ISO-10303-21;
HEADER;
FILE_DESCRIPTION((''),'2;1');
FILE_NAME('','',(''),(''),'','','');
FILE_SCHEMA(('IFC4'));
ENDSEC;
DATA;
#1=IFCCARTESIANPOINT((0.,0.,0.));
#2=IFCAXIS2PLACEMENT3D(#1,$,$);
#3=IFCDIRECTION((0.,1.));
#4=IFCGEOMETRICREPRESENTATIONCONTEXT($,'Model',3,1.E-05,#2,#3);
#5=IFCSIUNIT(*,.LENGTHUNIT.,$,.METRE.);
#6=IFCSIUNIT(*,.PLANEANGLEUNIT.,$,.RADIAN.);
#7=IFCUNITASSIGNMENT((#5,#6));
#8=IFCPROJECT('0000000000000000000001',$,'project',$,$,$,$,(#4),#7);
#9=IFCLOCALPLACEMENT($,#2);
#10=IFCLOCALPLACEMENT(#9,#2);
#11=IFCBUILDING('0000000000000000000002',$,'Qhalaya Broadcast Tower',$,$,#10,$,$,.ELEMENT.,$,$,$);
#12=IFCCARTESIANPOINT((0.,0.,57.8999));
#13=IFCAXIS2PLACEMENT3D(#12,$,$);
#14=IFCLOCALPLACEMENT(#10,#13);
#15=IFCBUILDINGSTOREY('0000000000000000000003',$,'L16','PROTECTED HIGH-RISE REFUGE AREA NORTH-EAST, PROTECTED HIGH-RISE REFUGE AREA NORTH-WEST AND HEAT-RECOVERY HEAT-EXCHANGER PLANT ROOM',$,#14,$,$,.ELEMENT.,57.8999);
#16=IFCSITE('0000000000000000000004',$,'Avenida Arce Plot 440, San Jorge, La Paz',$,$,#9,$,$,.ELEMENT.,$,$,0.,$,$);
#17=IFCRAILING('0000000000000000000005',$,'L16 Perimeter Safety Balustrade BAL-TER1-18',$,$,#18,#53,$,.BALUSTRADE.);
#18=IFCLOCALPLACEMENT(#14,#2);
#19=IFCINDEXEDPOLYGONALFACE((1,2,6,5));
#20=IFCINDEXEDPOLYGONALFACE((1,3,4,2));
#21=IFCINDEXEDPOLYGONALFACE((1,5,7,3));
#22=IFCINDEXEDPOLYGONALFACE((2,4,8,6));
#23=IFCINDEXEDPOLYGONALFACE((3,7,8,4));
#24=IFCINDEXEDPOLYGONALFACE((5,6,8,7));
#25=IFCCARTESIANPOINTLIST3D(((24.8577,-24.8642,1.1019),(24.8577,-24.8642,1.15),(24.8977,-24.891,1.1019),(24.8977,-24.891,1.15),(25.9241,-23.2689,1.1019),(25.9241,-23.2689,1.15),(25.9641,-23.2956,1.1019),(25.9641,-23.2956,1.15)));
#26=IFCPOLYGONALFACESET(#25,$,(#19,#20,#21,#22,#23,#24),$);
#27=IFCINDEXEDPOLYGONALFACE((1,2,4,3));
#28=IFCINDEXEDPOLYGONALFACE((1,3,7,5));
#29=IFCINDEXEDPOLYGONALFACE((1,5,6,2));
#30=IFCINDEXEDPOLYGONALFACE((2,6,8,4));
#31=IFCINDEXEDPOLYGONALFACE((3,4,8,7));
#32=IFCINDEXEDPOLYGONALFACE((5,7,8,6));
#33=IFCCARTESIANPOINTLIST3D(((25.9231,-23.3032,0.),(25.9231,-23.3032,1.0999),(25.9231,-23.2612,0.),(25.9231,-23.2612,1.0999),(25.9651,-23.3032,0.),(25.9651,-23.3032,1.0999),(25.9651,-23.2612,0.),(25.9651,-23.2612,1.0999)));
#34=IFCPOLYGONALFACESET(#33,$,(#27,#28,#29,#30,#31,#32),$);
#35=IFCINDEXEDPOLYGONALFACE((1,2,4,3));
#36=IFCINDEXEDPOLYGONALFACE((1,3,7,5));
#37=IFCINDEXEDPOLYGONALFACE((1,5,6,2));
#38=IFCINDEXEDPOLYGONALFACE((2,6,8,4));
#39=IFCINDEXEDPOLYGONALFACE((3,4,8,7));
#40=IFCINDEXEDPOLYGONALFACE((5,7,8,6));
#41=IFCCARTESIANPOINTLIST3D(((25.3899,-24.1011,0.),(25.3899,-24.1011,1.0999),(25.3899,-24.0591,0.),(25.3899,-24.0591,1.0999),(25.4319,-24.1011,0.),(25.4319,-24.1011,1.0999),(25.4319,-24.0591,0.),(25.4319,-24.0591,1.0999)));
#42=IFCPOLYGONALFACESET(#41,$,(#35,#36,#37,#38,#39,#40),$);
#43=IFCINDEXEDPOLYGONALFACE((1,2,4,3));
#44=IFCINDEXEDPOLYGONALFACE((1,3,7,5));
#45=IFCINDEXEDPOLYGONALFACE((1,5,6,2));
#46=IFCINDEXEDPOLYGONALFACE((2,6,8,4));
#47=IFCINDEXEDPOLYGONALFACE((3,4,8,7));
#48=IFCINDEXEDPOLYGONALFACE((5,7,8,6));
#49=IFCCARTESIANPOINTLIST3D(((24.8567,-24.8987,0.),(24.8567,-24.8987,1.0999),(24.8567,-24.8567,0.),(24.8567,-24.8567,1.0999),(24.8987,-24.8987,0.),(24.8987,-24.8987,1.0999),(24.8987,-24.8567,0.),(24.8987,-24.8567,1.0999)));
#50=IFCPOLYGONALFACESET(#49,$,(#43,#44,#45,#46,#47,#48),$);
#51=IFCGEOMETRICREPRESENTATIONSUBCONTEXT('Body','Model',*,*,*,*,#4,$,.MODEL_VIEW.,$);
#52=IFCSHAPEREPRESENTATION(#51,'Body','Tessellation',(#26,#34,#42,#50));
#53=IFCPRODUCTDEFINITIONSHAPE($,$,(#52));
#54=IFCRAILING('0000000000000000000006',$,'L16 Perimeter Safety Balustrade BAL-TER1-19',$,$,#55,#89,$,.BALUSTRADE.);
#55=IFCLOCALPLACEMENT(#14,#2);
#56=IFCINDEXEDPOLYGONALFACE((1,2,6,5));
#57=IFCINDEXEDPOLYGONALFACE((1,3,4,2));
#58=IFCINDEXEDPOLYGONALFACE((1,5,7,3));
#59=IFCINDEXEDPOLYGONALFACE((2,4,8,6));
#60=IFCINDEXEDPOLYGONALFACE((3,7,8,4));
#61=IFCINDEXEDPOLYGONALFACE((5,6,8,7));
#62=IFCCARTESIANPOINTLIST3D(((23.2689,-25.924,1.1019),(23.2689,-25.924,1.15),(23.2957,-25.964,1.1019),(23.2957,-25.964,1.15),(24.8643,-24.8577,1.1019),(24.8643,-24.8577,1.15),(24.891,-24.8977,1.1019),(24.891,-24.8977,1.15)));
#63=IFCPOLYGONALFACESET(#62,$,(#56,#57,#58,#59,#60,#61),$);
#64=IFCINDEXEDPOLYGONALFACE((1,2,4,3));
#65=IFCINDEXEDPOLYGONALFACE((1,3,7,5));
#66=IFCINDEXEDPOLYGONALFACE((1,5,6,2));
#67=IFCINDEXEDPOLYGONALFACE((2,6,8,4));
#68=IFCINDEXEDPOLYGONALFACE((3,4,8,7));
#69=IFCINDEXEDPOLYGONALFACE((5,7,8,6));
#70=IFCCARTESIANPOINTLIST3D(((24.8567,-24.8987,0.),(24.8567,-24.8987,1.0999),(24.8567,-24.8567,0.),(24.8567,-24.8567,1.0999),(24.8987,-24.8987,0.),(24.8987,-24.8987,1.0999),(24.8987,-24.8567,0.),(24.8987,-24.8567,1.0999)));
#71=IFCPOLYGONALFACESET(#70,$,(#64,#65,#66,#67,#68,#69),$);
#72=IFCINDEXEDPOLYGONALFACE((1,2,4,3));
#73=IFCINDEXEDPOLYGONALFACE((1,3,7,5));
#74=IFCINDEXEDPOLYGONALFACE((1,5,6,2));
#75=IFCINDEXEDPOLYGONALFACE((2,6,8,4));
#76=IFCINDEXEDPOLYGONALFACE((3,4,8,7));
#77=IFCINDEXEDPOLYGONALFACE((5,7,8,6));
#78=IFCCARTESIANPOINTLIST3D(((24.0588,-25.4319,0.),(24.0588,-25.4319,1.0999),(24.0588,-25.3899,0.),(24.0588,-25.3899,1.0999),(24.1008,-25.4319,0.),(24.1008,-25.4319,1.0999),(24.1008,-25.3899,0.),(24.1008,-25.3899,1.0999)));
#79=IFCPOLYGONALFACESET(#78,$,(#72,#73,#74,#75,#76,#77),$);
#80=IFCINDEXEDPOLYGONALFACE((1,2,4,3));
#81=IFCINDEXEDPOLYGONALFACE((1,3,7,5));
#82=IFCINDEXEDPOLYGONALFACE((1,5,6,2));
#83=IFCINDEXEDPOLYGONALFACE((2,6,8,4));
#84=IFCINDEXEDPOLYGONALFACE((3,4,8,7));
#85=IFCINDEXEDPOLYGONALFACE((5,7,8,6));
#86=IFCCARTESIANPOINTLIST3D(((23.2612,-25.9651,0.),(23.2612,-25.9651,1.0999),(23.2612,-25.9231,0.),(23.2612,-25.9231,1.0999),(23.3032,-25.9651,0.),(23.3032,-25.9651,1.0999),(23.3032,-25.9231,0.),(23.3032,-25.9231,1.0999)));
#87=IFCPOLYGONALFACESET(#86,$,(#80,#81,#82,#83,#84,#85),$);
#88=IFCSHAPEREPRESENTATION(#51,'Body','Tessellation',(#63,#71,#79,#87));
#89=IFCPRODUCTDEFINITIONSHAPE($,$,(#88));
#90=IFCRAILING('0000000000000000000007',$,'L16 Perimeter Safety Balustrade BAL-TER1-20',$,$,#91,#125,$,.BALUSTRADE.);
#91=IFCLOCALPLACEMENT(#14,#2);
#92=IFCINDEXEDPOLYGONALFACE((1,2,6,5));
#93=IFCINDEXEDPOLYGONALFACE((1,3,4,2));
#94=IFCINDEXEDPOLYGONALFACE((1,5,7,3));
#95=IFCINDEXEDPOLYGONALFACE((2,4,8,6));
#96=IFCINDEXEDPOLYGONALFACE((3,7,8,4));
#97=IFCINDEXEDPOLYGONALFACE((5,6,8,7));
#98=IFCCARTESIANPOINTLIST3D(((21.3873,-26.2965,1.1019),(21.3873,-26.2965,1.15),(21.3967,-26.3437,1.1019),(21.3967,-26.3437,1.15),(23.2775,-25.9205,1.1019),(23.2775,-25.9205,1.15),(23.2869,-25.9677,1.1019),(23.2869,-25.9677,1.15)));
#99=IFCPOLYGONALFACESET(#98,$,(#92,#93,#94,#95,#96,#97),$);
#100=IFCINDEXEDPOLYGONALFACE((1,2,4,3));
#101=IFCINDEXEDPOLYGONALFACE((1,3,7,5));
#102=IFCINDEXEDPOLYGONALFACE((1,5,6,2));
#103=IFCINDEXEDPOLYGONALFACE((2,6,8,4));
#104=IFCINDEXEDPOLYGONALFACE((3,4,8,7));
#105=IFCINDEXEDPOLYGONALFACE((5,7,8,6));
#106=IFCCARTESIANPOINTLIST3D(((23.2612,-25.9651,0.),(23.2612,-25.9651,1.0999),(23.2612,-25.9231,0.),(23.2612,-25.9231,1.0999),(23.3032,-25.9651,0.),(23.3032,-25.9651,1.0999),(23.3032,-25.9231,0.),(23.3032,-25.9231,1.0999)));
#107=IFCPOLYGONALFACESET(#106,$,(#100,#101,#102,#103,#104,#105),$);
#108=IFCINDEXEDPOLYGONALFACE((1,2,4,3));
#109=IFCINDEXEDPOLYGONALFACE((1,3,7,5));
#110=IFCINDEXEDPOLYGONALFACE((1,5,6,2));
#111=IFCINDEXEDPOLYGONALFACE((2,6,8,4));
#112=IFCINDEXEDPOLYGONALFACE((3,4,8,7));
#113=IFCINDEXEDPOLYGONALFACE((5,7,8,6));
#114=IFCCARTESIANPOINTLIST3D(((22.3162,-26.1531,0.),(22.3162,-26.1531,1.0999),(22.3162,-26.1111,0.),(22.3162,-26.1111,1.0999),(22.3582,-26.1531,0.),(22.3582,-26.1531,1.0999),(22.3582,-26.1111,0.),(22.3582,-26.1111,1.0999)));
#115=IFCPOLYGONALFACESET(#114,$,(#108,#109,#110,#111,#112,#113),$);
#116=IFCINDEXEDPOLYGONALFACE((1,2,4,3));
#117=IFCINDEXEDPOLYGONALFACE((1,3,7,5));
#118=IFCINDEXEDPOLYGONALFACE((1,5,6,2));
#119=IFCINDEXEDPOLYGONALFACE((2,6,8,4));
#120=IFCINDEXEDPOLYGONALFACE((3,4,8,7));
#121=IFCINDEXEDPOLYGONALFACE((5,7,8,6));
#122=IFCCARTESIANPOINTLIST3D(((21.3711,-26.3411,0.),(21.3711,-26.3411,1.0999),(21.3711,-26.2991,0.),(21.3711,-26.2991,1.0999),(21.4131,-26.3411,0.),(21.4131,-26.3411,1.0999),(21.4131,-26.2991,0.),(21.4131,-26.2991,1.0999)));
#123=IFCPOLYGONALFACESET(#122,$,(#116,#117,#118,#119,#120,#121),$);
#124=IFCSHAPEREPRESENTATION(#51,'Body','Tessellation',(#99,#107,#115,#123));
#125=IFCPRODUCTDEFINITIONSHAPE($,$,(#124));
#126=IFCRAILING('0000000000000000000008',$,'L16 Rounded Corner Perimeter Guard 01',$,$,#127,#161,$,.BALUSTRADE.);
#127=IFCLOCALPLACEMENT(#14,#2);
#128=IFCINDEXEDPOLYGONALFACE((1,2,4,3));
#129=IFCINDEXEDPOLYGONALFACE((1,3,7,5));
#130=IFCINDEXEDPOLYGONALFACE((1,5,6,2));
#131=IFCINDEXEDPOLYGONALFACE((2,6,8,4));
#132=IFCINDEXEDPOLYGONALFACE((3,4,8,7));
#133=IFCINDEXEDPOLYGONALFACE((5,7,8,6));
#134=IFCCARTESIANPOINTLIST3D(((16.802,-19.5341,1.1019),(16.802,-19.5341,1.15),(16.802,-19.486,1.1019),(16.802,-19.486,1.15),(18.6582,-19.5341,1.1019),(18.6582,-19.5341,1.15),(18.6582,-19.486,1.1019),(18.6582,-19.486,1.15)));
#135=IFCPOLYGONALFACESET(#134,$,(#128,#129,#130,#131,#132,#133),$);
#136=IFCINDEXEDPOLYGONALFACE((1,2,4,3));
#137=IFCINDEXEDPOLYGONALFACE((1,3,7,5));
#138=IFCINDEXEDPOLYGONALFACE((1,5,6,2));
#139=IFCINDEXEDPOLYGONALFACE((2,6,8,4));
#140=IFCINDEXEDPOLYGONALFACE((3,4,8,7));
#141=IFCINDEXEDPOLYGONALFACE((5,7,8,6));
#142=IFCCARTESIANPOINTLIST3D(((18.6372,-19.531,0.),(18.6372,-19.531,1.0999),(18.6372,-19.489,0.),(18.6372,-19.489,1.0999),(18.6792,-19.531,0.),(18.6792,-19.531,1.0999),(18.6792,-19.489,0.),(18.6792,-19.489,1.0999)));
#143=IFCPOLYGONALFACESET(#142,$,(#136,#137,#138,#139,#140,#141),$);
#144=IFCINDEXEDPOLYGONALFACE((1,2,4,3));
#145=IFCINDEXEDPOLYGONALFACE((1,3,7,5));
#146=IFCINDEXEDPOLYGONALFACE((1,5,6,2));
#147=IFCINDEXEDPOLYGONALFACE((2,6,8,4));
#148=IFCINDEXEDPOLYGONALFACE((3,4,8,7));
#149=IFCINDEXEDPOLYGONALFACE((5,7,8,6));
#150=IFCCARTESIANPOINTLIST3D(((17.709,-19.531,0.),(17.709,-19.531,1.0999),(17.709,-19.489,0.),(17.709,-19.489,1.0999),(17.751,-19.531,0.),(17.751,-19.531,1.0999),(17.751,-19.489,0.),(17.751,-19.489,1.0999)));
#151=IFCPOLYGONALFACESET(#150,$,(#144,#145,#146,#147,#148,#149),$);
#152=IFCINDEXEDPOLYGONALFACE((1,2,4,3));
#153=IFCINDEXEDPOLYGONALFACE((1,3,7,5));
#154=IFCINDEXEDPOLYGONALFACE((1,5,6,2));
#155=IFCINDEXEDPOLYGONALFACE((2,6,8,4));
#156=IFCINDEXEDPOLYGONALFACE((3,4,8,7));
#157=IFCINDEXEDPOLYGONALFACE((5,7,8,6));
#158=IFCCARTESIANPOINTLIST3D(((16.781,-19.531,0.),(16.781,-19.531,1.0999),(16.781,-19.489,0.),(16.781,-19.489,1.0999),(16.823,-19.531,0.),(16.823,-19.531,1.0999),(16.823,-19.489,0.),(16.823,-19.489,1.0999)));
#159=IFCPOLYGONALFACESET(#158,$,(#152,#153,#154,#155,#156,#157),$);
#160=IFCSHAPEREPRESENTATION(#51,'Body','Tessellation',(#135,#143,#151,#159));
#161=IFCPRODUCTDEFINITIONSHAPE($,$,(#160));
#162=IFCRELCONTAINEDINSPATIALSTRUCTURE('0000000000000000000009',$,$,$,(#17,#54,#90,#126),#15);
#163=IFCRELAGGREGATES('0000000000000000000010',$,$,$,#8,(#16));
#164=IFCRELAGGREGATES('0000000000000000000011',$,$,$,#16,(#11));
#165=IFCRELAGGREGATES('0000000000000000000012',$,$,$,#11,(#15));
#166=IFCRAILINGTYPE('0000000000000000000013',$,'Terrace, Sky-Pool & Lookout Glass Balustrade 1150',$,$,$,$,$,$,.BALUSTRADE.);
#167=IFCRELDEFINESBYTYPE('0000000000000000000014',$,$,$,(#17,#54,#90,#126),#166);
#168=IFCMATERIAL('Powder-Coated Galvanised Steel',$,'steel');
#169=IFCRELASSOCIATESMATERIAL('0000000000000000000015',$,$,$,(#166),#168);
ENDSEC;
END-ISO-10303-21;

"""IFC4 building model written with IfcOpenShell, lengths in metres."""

from ifc_helpers import new_model, si_unit, direction, frame, origin, origin_2d, place, context, subcontext, project, spatial, rectangle, extrude, material, type_object, element, save


model = new_model("IFC4")

# Units and contexts
model_context = context("Model", 3, precision=1e-05, world=origin(), true_north=direction((0.0, 1.0)))
body_context = subcontext(model_context, "Body", "Model", "MODEL_VIEW")
ifc_project = project(units=[si_unit("LENGTHUNIT", "METRE"), si_unit("PLANEANGLEUNIT", "RADIAN")], contexts=[model_context])

# Site, building, storey
site_placement = place(None, origin())
site = spatial("IfcSite", under=ifc_project, at=site_placement, Name="Avenida Arce Plot 440, San Jorge, La Paz", CompositionType="ELEMENT", RefElevation=0.0)
building_placement = place(site_placement, origin())
building = spatial("IfcBuilding", under=site, at=building_placement, Name="Qhalaya Broadcast Tower", CompositionType="ELEMENT")
storey_placement = place(building_placement, frame((0.0, 0.0, 57.8999)))
storey = spatial("IfcBuildingStorey", under=building, at=storey_placement, Name="L16", Description="PROTECTED HIGH-RISE REFUGE AREA NORTH-EAST, PROTECTED HIGH-RISE REFUGE AREA NORTH-WEST AND HEAT-RECOVERY HEAT-EXCHANGER PLANT ROOM", CompositionType="ELEMENT", Elevation=57.8999)

# Railings
ifc_material_1 = material(Name="Powder-Coated Galvanised Steel", Category="steel")
railing_type = type_object("IfcRailingType", Name="Terrace, Sky-Pool & Lookout Glass Balustrade 1150", PredefinedType="BALUSTRADE", material=ifc_material_1)
railing_1_placement = place(storey_placement, frame((25.9441, -23.2822, 0.0)))
element("IfcRailing", 1, at=railing_1_placement, inside=storey, type_object=railing_type, Name="L16 Perimeter Safety Balustrade BAL-TER1-18", PredefinedType="BALUSTRADE", context=body_context, shape_type="SweptSolid", body=[
    extrude(rectangle(XDim=0.0481, YDim=0.0481, at=origin_2d()), frame((0.0, 0.0, 1.126), z_axis=(-0.555698, -0.831384, 0.0), x_axis=(0.831384, -0.555698, 0.0)), (0.0, 0.0, 1.0), 1.9189),
    extrude(rectangle(XDim=0.042, YDim=0.042, at=origin_2d()), origin(), (0.0, 0.0, 1.0), 1.0999),
    extrude(rectangle(XDim=0.042, YDim=0.042, at=origin_2d()), frame((-0.5332, -0.7979, 0.0)), (0.0, 0.0, 1.0), 1.0999),
    extrude(rectangle(XDim=0.042, YDim=0.042, at=origin_2d()), frame((-1.0664, -1.5955, 0.0)), (0.0, 0.0, 1.0), 1.0999),
])
railing_2_placement = place(storey_placement, frame((24.8777, -24.8777, 0.0)))
element("IfcRailing", 2, at=railing_2_placement, inside=storey, type_object=railing_type, Name="L16 Perimeter Safety Balustrade BAL-TER1-19", PredefinedType="BALUSTRADE", context=body_context, shape_type="SweptSolid", body=[
    extrude(rectangle(XDim=0.0481, YDim=0.0481, at=origin_2d()), frame((0.0, 0.0, 1.126), z_axis=(-0.831384, -0.555698, 0.0), x_axis=(0.555698, -0.831384, 0.0)), (0.0, 0.0, 1.0), 1.9189),
    extrude(rectangle(XDim=0.042, YDim=0.042, at=origin_2d()), origin(), (0.0, 0.0, 1.0), 1.0999),
    extrude(rectangle(XDim=0.042, YDim=0.042, at=origin_2d()), frame((-0.7979, -0.5332, 0.0)), (0.0, 0.0, 1.0), 1.0999),
    extrude(rectangle(XDim=0.042, YDim=0.042, at=origin_2d()), frame((-1.5955, -1.0664, 0.0)), (0.0, 0.0, 1.0), 1.0999),
])
railing_3_placement = place(storey_placement, frame((23.2822, -25.9441, 0.0)))
element("IfcRailing", 3, at=railing_3_placement, inside=storey, type_object=railing_type, Name="L16 Perimeter Safety Balustrade BAL-TER1-20", PredefinedType="BALUSTRADE", context=body_context, shape_type="SweptSolid", body=[
    extrude(rectangle(XDim=0.0481, YDim=0.0481, at=origin_2d()), frame((0.0, 0.0, 1.126), z_axis=(-0.980785, -0.195093, 0.0), x_axis=(0.195093, -0.980785, 0.0)), (0.0, 0.0, 1.0), 1.9272),
    extrude(rectangle(XDim=0.042, YDim=0.042, at=origin_2d()), origin(), (0.0, 0.0, 1.0), 1.0999),
    extrude(rectangle(XDim=0.042, YDim=0.042, at=origin_2d()), frame((-0.9451, -0.188, 0.0)), (0.0, 0.0, 1.0), 1.0999),
    extrude(rectangle(XDim=0.042, YDim=0.042, at=origin_2d()), frame((-1.8901, -0.376, 0.0)), (0.0, 0.0, 1.0), 1.0999),
])
railing_4_placement = place(storey_placement, frame((18.6582, -19.51, 0.0)))
element("IfcRailing", 4, at=railing_4_placement, inside=storey, type_object=railing_type, Name="L16 Rounded Corner Perimeter Guard 01", PredefinedType="BALUSTRADE", context=body_context, shape_type="SweptSolid", body=[
    extrude(rectangle(XDim=0.0481, YDim=0.0481, at=origin_2d()), frame((0.0, 0.0, 1.126), z_axis=(-1.0, 0.0, 0.0), x_axis=(0.0, -1.0, 0.0)), (0.0, 0.0, 1.0), 1.8562),
    extrude(rectangle(XDim=0.042, YDim=0.042, at=origin_2d()), origin(), (0.0, 0.0, 1.0), 1.0999),
    extrude(rectangle(XDim=0.042, YDim=0.042, at=origin_2d()), frame((-0.9282, 0.0, 0.0)), (0.0, 0.0, 1.0), 1.0999),
    extrude(rectangle(XDim=0.042, YDim=0.042, at=origin_2d()), frame((-1.8562, 0.0, 0.0)), (0.0, 0.0, 1.0), 1.0999),
])

save(model, "model.ifc")
